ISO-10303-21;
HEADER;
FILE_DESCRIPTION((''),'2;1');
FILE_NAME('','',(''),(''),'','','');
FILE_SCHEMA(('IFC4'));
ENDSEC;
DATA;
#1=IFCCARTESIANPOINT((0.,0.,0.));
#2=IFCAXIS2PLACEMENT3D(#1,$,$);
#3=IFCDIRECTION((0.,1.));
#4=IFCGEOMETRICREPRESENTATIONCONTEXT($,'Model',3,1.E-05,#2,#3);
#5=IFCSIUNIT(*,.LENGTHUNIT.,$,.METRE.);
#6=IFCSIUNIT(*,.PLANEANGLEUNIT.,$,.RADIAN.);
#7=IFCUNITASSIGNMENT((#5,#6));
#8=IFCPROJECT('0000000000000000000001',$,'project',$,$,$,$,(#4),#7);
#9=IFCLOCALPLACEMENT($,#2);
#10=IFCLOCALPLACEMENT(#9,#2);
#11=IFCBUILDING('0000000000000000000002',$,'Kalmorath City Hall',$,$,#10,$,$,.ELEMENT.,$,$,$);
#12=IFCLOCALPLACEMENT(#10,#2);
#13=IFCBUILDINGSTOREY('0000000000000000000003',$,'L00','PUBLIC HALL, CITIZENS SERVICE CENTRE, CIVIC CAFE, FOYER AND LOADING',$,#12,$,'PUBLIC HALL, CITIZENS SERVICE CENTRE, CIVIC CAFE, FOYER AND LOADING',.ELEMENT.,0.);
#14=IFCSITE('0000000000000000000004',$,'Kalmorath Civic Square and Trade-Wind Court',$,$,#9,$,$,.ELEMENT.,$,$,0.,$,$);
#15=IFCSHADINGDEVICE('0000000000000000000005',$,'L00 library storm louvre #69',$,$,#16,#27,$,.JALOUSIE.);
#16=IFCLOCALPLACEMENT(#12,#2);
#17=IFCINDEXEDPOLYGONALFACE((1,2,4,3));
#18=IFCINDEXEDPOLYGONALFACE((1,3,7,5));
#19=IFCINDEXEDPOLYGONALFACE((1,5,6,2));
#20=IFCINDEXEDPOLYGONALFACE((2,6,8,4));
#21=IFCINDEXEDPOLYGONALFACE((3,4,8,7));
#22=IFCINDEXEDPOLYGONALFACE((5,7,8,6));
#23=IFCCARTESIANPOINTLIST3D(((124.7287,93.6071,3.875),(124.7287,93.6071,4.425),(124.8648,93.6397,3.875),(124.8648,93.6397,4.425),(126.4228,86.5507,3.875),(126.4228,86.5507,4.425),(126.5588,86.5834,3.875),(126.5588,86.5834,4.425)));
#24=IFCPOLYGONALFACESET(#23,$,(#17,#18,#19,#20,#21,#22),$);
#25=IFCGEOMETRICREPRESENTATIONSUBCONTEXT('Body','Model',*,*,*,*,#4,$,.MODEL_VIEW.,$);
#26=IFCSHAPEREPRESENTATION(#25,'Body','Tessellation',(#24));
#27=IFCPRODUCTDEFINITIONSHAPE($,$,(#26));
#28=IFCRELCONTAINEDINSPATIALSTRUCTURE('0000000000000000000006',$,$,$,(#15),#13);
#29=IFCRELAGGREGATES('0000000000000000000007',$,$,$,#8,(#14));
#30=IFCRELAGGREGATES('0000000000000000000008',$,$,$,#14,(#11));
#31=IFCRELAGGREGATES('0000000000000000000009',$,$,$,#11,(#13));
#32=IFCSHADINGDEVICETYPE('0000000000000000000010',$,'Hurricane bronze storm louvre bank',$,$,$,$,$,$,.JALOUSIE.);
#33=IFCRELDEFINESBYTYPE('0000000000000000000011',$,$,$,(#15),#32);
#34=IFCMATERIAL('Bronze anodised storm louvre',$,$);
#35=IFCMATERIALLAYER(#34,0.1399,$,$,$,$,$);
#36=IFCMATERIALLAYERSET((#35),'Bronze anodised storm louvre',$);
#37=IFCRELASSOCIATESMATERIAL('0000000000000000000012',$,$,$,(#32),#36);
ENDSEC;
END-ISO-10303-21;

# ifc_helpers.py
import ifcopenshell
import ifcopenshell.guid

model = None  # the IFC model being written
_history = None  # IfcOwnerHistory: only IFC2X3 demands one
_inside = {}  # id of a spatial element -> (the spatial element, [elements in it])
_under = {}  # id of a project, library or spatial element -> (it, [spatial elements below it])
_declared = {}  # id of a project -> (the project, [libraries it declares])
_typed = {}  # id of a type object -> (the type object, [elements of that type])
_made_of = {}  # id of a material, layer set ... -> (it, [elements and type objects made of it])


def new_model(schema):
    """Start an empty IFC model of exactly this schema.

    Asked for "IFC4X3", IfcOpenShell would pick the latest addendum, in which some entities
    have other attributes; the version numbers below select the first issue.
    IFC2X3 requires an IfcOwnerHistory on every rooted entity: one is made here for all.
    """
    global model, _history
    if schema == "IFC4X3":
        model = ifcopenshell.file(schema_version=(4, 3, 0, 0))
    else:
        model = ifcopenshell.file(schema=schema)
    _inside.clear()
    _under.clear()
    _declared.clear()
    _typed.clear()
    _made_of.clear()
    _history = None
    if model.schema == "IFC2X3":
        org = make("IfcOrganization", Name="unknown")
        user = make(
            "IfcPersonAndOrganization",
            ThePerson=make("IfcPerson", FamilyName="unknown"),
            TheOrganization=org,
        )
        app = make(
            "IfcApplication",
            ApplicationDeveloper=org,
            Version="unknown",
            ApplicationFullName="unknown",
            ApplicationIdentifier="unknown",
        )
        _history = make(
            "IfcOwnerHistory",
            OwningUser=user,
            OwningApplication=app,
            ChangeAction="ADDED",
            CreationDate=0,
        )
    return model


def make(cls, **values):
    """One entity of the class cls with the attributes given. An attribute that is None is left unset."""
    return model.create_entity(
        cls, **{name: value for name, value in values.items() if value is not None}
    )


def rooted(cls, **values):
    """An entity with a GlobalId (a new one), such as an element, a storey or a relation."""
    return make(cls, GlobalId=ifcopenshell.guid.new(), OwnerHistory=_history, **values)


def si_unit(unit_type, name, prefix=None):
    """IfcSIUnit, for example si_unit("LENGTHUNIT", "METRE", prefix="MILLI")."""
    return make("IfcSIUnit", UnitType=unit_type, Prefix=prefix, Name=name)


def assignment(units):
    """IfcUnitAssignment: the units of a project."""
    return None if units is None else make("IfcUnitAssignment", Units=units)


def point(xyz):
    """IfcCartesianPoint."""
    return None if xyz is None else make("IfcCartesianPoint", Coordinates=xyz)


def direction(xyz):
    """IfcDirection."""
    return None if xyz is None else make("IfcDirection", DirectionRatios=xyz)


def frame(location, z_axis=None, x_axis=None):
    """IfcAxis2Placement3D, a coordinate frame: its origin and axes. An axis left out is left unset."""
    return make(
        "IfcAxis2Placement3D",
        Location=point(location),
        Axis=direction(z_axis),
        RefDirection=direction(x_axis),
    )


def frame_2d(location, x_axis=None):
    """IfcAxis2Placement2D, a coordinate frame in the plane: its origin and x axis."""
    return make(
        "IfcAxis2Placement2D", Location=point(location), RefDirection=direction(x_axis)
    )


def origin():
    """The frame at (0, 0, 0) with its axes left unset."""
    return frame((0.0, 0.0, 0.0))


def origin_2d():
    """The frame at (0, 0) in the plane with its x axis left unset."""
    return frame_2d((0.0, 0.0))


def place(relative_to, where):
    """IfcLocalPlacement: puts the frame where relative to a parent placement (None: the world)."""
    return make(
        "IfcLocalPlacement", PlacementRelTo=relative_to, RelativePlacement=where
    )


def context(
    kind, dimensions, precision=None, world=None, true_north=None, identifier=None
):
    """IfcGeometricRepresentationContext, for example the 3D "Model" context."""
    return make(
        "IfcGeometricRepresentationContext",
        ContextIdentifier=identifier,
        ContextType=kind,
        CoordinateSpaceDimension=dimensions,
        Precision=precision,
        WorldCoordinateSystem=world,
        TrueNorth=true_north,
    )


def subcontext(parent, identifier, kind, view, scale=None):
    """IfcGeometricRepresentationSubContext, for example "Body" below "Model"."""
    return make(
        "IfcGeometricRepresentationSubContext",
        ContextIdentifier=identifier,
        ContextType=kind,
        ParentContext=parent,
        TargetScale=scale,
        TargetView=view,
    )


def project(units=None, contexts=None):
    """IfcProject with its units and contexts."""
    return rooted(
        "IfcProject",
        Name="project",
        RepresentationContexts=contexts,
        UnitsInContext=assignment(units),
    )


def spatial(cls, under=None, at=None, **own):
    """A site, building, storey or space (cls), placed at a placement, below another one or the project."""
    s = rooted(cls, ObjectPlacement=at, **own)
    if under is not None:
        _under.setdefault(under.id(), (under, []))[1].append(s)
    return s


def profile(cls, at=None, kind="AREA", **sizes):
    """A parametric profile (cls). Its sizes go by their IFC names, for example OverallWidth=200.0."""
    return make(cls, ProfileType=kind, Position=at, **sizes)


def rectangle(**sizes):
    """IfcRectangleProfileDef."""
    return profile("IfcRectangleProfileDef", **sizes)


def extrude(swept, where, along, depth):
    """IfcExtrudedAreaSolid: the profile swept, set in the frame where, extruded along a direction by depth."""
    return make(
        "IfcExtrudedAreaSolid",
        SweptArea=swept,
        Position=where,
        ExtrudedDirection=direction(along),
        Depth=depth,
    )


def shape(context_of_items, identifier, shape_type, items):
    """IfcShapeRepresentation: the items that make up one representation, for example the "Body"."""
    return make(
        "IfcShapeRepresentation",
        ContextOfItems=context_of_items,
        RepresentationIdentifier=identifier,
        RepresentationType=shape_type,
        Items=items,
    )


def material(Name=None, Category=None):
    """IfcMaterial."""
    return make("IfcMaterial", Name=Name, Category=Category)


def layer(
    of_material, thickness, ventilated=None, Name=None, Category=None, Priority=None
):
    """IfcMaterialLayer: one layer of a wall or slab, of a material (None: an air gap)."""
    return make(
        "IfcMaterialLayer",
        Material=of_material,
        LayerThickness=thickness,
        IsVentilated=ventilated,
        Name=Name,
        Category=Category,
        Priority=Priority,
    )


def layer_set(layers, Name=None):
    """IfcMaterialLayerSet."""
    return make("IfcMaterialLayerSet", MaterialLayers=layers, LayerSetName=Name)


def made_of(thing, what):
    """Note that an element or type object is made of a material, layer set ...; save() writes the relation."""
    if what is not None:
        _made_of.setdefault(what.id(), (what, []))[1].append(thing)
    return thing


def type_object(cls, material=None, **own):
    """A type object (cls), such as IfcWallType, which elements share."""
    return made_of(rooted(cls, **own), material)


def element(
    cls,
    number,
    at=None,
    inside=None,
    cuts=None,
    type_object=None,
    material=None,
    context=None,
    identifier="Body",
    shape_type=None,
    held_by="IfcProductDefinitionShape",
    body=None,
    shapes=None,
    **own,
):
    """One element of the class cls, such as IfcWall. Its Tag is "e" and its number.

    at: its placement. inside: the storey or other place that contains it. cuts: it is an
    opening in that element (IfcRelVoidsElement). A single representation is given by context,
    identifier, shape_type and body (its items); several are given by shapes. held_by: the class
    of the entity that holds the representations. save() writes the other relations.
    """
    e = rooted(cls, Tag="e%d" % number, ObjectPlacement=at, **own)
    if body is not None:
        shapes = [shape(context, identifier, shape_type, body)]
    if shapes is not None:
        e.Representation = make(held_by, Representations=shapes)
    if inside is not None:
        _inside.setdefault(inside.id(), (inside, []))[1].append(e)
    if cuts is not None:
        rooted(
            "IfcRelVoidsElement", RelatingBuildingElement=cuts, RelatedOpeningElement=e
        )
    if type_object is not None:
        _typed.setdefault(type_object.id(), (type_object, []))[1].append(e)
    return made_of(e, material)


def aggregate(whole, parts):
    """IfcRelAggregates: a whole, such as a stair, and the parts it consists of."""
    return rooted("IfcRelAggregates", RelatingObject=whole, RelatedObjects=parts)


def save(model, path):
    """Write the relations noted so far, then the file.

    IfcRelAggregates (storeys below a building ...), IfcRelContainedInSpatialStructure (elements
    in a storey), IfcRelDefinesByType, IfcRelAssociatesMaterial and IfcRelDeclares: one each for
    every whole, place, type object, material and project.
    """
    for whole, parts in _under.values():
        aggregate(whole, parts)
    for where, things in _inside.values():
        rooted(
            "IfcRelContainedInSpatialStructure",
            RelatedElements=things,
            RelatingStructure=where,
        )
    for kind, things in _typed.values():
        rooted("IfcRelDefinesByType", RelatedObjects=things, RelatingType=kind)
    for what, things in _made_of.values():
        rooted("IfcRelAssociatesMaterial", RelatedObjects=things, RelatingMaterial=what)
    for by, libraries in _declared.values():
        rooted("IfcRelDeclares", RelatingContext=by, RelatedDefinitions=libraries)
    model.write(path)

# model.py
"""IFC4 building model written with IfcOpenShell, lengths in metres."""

from ifc_helpers import new_model, si_unit, direction, frame, origin, origin_2d, place, context, subcontext, project, spatial, rectangle, extrude, material, layer, layer_set, type_object, element, save


model = new_model("IFC4")

# Units and contexts
model_context = context("Model", 3, precision=1e-05, world=origin(), true_north=direction((0.0, 1.0)))
body_context = subcontext(model_context, "Body", "Model", "MODEL_VIEW")
ifc_project = project(units=[si_unit("LENGTHUNIT", "METRE"), si_unit("PLANEANGLEUNIT", "RADIAN")], contexts=[model_context])

# Site, building, storey
site_placement = place(None, origin())
site = spatial("IfcSite", under=ifc_project, at=site_placement, Name="Kalmorath Civic Square and Trade-Wind Court", CompositionType="ELEMENT", RefElevation=0.0)
building_placement = place(site_placement, origin())
building = spatial("IfcBuilding", under=site, at=building_placement, Name="Kalmorath City Hall", CompositionType="ELEMENT")
storey_placement = place(building_placement, origin())
storey = spatial("IfcBuildingStorey", under=building, at=storey_placement, Name="L00", Description="PUBLIC HALL, CITIZENS SERVICE CENTRE, CIVIC CAFE, FOYER AND LOADING", LongName="PUBLIC HALL, CITIZENS SERVICE CENTRE, CIVIC CAFE, FOYER AND LOADING", CompositionType="ELEMENT", Elevation=0.0)

# Shading device
ifc_material_1 = material(Name="Bronze anodised storm louvre")
ifc_layer_1 = layer(ifc_material_1, 0.1399)
ifc_layer_set_1 = layer_set([ifc_layer_1], Name="Bronze anodised storm louvre")
shading_device_type = type_object("IfcShadingDeviceType", Name="Hurricane bronze storm louvre bank", PredefinedType="JALOUSIE", material=ifc_layer_set_1)
shading_device_placement = place(storey_placement, frame((125.6438, 90.0952, 3.875), z_axis=(0.0, 0.0, 1.0), x_axis=(-0.233445, 0.97237, 0.0)))
element("IfcShadingDevice", 1, at=shading_device_placement, inside=storey, type_object=shading_device_type, Name="L00 library storm louvre #69", PredefinedType="JALOUSIE", context=body_context, shape_type="SweptSolid", body=[
    extrude(rectangle(XDim=7.2568, YDim=0.1399, at=origin_2d()), origin(), (0.0, 0.0, 1.0), 0.55),
])

save(model, "model.ifc")
